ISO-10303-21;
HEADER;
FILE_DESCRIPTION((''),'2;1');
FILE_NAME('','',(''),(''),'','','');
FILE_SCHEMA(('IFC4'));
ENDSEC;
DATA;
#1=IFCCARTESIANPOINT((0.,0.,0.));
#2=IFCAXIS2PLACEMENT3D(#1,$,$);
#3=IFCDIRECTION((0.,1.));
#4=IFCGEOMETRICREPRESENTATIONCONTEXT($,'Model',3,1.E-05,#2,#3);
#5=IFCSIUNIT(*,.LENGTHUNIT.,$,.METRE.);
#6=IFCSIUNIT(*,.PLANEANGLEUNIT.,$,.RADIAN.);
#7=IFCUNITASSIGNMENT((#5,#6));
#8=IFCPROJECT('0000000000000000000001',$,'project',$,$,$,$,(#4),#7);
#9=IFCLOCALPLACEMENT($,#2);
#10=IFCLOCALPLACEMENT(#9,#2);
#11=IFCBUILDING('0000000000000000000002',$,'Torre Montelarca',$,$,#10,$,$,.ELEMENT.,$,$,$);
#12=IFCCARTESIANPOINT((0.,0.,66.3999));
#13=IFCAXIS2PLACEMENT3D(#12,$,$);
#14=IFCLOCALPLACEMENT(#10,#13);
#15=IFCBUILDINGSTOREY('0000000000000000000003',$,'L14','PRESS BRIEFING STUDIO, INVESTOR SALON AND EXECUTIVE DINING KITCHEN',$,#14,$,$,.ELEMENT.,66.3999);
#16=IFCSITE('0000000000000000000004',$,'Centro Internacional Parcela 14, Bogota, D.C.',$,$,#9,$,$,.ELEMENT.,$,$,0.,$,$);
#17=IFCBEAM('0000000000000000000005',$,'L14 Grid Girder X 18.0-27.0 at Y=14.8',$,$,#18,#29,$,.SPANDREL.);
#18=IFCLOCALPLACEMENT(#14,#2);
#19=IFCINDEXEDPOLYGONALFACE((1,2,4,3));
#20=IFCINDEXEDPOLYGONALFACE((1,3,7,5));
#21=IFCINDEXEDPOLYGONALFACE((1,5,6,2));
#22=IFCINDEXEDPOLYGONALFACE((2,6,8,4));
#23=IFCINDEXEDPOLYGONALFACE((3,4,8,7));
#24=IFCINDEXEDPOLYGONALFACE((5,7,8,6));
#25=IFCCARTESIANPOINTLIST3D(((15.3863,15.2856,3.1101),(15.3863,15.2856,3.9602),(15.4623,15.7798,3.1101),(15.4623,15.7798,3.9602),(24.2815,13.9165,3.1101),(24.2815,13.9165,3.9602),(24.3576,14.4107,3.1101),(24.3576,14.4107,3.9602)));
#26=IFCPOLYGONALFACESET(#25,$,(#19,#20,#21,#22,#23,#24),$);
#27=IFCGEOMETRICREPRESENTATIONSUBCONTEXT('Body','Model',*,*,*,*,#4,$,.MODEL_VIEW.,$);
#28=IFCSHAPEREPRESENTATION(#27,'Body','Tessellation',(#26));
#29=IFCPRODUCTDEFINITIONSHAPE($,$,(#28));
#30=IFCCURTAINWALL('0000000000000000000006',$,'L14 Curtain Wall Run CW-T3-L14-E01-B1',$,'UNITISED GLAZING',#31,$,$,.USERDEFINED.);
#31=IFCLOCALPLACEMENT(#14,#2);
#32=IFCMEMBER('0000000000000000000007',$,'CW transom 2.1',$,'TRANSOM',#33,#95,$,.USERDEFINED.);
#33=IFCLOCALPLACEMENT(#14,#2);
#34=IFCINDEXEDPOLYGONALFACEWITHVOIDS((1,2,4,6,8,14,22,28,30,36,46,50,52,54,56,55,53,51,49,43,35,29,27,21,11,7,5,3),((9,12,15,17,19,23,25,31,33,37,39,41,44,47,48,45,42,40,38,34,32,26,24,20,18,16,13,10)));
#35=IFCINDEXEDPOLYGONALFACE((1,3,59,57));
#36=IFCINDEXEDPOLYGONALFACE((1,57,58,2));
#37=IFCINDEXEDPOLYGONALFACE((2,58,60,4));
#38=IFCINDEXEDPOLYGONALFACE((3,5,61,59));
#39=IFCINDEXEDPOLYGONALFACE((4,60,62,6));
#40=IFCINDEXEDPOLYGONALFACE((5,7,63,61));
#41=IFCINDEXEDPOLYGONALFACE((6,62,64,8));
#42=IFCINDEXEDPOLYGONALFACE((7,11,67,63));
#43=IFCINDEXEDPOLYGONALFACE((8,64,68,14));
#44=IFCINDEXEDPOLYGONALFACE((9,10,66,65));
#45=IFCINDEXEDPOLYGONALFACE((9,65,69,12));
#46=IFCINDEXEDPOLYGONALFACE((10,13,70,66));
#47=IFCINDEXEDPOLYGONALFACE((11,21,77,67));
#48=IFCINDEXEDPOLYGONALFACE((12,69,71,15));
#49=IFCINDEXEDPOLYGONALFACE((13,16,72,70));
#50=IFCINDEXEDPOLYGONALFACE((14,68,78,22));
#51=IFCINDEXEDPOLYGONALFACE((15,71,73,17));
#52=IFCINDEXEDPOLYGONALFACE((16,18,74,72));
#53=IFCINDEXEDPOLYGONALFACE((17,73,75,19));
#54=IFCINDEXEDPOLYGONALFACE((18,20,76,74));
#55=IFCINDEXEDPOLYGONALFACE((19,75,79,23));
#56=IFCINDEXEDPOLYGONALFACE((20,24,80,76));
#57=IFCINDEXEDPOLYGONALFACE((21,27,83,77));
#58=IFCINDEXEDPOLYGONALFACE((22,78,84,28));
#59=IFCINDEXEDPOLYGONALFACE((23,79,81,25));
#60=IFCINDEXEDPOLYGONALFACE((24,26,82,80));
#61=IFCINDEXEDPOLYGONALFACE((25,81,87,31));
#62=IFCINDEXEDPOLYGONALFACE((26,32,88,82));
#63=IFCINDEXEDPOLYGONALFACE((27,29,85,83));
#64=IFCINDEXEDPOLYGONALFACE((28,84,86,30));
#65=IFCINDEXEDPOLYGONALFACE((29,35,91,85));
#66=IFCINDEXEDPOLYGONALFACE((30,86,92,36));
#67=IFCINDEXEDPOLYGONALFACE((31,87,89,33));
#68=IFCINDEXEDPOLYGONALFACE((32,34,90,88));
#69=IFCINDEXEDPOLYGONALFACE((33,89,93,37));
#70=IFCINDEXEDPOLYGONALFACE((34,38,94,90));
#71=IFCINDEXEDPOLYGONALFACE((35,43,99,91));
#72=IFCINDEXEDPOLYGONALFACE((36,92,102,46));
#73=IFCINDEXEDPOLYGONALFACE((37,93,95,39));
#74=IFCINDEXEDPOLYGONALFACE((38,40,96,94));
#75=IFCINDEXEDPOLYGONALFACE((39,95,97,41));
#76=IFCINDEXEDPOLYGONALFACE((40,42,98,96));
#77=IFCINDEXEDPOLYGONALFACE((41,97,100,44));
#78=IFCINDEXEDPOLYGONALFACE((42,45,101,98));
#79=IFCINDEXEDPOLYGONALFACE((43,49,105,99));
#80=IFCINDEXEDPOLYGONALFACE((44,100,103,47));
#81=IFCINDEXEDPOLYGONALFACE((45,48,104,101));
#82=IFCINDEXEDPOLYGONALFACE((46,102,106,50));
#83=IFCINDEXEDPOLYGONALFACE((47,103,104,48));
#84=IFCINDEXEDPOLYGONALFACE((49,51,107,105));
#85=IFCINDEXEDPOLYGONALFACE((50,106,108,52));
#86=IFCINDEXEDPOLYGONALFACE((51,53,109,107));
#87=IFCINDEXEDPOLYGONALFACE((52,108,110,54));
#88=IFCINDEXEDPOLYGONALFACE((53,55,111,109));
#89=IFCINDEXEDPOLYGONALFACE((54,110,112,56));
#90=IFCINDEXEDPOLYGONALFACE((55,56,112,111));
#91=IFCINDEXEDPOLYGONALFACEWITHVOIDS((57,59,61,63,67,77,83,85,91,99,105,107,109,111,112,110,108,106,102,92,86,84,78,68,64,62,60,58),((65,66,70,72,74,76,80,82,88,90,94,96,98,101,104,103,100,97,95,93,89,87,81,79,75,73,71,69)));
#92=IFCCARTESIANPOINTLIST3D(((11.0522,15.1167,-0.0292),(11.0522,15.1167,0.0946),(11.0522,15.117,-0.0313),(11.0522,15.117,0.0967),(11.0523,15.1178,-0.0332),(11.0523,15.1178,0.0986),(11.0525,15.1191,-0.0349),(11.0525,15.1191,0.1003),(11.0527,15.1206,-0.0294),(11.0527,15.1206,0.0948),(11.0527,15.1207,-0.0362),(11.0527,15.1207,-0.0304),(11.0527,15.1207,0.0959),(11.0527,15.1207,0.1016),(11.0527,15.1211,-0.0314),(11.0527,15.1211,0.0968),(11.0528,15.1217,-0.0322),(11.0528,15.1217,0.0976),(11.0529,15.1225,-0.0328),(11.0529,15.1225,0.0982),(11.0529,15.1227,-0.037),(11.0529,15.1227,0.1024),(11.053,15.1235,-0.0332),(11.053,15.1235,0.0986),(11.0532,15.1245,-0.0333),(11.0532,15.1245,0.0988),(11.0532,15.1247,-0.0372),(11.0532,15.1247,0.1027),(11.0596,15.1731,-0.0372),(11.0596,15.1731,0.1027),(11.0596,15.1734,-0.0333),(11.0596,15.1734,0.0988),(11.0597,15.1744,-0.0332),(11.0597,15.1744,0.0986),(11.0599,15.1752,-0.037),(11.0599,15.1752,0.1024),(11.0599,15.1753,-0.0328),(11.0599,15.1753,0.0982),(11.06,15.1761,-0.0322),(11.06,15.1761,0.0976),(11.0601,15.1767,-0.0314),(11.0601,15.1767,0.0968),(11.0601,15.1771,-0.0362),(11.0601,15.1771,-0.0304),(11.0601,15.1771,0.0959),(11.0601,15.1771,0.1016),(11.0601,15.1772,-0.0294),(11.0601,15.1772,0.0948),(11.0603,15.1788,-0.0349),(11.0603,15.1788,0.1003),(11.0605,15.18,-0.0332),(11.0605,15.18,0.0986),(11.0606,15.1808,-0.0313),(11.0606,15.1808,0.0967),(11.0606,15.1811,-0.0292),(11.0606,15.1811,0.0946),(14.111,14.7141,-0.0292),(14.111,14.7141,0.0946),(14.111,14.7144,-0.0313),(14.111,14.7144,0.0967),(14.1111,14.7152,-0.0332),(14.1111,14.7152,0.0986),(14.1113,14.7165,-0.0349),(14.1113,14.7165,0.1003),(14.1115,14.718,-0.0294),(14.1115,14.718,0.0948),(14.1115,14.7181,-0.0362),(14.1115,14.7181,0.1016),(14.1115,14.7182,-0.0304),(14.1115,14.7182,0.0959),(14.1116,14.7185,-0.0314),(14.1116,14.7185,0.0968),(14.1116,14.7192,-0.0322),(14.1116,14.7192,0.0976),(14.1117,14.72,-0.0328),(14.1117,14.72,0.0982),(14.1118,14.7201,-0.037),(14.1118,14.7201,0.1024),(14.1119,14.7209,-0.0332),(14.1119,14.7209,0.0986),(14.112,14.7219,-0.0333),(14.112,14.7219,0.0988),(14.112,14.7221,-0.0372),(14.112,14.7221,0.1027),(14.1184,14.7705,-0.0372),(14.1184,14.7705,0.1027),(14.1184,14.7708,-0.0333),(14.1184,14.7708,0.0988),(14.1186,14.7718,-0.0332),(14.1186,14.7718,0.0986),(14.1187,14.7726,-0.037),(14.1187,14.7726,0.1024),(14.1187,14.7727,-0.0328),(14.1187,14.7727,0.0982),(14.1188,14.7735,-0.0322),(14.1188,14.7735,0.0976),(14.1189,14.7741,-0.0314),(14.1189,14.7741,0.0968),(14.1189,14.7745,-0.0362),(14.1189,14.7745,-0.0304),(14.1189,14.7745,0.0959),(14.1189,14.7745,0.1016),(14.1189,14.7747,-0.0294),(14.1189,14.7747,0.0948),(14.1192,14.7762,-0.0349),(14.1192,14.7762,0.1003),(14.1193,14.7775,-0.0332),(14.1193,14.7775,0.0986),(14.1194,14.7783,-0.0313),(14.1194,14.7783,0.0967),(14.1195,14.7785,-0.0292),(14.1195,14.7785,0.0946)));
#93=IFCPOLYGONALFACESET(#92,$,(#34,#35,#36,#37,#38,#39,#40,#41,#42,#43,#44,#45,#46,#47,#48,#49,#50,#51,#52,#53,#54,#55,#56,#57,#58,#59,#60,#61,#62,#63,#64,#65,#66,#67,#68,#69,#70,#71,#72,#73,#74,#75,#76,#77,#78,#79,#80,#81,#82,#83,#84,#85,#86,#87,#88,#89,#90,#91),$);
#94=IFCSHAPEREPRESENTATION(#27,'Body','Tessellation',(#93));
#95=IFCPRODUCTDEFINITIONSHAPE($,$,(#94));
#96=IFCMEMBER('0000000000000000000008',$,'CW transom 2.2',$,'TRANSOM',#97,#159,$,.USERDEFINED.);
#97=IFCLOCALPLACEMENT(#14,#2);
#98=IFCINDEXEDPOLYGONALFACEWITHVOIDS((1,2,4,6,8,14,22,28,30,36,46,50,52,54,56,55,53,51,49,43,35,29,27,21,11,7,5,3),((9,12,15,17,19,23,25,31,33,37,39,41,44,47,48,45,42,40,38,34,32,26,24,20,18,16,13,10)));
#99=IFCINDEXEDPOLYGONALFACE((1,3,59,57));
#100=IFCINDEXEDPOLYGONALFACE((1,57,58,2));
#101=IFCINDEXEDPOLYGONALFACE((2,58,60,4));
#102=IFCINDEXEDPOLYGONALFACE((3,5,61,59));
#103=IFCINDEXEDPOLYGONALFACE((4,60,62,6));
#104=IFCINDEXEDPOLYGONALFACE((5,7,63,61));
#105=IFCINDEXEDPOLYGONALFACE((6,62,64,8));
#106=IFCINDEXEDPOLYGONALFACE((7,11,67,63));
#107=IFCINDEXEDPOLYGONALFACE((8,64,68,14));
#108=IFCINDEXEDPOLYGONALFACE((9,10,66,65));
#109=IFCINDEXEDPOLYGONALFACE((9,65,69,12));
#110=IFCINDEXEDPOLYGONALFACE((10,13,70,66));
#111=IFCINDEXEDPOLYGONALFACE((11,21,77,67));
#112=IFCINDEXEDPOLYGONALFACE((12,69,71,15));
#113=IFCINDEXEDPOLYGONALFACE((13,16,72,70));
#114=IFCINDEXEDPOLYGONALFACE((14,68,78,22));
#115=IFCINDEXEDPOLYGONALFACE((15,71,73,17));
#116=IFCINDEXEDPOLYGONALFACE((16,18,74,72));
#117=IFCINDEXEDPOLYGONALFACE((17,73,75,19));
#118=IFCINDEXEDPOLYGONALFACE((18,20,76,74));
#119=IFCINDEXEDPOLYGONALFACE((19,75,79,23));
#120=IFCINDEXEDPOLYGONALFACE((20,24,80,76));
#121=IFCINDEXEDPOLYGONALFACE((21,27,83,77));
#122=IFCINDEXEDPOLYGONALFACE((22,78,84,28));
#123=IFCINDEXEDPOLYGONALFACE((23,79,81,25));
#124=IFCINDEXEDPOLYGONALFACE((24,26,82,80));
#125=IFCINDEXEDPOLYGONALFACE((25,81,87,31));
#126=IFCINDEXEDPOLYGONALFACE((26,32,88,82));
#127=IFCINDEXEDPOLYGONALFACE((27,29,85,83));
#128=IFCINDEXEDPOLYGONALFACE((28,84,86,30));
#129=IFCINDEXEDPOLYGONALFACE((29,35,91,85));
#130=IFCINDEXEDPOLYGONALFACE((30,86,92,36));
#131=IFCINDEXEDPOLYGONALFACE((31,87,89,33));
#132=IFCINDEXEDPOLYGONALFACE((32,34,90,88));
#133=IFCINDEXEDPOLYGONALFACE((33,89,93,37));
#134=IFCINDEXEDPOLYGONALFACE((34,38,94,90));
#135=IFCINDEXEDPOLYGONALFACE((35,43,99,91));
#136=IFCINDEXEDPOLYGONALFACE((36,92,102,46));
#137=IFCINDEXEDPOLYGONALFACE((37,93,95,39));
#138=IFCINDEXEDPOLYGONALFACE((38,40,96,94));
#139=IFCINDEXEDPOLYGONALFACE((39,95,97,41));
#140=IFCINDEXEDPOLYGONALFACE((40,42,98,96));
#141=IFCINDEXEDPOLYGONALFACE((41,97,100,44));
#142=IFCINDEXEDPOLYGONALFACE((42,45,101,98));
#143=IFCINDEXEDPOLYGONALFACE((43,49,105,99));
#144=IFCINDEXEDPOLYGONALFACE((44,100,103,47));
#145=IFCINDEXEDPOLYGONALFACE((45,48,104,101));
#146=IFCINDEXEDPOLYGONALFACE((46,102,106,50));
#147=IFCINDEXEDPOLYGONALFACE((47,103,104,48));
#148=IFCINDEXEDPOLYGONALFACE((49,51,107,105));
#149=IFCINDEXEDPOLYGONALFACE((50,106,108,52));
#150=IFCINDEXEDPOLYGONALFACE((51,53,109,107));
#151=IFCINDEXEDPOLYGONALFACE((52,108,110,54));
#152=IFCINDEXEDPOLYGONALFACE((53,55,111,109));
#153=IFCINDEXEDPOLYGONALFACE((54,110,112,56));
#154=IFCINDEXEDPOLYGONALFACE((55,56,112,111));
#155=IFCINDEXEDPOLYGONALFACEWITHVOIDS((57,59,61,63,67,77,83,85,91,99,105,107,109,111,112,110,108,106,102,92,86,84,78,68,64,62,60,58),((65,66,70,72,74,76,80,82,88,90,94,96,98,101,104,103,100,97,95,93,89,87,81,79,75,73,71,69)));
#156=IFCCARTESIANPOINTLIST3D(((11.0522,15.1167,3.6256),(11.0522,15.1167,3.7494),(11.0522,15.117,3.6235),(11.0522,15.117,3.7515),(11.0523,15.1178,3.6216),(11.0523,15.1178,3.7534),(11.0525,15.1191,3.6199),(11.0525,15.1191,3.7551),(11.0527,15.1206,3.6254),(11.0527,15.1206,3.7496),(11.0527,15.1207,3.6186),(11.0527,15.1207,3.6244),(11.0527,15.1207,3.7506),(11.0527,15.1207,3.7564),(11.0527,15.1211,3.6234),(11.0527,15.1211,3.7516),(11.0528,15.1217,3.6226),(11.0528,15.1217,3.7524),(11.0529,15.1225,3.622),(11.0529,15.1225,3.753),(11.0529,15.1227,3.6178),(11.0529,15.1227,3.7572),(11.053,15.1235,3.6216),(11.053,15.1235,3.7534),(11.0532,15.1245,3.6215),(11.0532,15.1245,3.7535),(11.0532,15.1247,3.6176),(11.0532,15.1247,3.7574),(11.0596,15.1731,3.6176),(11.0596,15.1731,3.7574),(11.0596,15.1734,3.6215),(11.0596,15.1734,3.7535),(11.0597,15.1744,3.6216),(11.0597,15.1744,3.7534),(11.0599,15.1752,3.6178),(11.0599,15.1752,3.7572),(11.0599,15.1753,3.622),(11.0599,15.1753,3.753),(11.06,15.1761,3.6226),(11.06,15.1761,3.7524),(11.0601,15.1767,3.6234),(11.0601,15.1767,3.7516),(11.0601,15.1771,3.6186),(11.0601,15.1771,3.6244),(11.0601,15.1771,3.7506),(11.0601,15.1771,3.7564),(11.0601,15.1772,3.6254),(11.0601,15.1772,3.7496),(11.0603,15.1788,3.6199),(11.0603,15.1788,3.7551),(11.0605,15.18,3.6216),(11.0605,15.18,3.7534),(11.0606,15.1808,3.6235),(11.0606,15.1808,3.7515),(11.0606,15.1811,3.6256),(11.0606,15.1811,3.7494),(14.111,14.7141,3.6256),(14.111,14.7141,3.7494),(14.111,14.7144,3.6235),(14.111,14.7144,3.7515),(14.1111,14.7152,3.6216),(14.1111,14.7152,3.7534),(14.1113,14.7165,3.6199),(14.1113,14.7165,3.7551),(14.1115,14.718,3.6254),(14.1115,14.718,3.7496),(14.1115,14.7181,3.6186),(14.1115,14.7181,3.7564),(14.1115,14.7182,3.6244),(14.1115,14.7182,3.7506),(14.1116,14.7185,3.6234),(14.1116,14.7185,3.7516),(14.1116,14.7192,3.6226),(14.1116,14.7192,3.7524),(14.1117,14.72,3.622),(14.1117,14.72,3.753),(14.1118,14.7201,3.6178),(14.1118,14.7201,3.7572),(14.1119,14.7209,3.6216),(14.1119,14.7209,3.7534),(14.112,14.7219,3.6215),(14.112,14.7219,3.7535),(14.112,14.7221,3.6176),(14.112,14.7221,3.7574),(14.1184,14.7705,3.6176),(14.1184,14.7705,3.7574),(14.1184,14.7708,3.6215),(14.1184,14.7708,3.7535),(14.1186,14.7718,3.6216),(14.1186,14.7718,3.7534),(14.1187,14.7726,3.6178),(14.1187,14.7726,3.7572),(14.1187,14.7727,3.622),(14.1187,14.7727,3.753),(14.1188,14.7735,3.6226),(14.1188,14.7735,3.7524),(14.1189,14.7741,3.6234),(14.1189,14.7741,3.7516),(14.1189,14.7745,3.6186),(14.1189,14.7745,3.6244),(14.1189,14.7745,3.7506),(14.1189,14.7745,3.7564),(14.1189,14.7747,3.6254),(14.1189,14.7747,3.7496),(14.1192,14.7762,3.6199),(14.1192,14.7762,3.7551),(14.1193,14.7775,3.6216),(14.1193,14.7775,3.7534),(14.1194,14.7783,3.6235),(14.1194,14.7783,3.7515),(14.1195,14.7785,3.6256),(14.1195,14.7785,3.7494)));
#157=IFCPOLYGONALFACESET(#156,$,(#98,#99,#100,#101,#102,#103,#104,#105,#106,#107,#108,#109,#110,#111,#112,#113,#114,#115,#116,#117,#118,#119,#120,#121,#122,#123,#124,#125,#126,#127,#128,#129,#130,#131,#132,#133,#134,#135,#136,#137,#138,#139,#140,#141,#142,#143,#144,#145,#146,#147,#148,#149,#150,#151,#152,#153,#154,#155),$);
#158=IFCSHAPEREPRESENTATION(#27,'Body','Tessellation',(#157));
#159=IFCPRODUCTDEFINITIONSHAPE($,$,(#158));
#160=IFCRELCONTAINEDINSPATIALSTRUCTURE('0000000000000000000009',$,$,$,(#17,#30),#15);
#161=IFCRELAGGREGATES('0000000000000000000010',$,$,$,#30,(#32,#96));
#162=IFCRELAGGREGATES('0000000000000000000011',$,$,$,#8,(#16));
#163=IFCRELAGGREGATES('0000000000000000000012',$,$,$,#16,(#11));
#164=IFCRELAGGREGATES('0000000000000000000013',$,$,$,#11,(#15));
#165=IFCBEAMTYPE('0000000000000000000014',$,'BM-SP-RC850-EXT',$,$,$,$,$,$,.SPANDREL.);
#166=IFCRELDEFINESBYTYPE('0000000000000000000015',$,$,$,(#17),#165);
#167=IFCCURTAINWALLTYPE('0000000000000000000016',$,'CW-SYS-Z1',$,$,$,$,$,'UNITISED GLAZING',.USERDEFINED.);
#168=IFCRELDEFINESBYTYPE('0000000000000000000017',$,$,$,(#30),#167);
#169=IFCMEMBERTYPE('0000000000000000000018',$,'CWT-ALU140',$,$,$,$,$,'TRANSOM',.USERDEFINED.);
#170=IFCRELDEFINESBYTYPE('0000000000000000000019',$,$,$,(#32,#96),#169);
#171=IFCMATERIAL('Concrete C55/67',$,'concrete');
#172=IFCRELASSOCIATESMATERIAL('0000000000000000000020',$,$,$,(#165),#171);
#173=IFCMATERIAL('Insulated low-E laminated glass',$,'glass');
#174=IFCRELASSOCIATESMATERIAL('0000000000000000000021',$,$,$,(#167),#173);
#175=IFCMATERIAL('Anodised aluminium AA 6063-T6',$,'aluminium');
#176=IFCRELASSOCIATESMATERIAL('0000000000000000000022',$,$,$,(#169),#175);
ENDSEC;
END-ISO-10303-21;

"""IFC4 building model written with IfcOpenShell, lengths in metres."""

from ifc_helpers import new_model, si_unit, direction, frame, origin, origin_2d, place, context, subcontext, project, spatial, rectangle, hollow_rectangle, extrude, source, transform, mapped, material, material_profile, profile_set, type_object, element, aggregate, save


model = new_model("IFC4")

# Units and contexts
model_context = context("Model", 3, precision=1e-05, world=origin(), true_north=direction((0.0, 1.0)))
body_context = subcontext(model_context, "Body", "Model", "MODEL_VIEW")
ifc_project = project(units=[si_unit("LENGTHUNIT", "METRE"), si_unit("PLANEANGLEUNIT", "RADIAN")], contexts=[model_context])

# Site, building, storey
site_placement = place(None, origin())
site = spatial("IfcSite", under=ifc_project, at=site_placement, Name="Centro Internacional Parcela 14, Bogota, D.C.", CompositionType="ELEMENT", RefElevation=0.0)
building_placement = place(site_placement, origin())
building = spatial("IfcBuilding", under=site, at=building_placement, Name="Torre Montelarca", CompositionType="ELEMENT")
storey_placement = place(building_placement, frame((0.0, 0.0, 66.3999)))
storey = spatial("IfcBuildingStorey", under=building, at=storey_placement, Name="L14", Description="PRESS BRIEFING STUDIO, INVESTOR SALON AND EXECUTIVE DINING KITCHEN", CompositionType="ELEMENT", Elevation=66.3999)

# Beam
ifc_material_1 = material(Name="Concrete C55/67", Category="concrete")
ifc_material_profile_1 = material_profile(ifc_material_1, rectangle(XDim=0.5, YDim=0.8501, at=origin_2d()), Name="RCB500X850", Category="concrete")
ifc_profile_set_1 = profile_set([ifc_material_profile_1], Name="Concrete C55/67")
beam_type = type_object("IfcBeamType", Name="BM-SP-RC850-EXT", PredefinedType="SPANDREL", material=ifc_profile_set_1)
shared_shape_1 = source(origin(), body_context, "Body", "SweptSolid", [
    extrude(rectangle(XDim=0.5, YDim=0.8501, at=origin_2d()), origin(), (0.0, 0.0, 1.0), 9.0),
])
beam_placement = place(storey_placement, frame((15.4243, 15.5327, 3.5352), z_axis=(0.988361, -0.152126, 0.0), x_axis=(0.152126, 0.988361, 0.0)))
element("IfcBeam", 1, at=beam_placement, inside=storey, type_object=beam_type, Name="L14 Grid Girder X 18.0-27.0 at Y=14.8", PredefinedType="SPANDREL", context=body_context, shape_type="MappedRepresentation", body=[
    mapped(shared_shape_1, transform((0.0, 0.0, 0.0), scale=1.0)),
])

# Curtain wall, members
ifc_material_2 = material(Name="Insulated low-E laminated glass", Category="glass")
curtain_wall_type = type_object("IfcCurtainWallType", Name="CW-SYS-Z1", ElementType="UNITISED GLAZING", PredefinedType="USERDEFINED", material=ifc_material_2)
curtain_wall_1_placement = place(storey_placement, origin())
curtain_wall_1 = element("IfcCurtainWall", 2, at=curtain_wall_1_placement, inside=storey, type_object=curtain_wall_type, Name="L14 Curtain Wall Run CW-T3-L14-E01-B1", ObjectType="UNITISED GLAZING", PredefinedType="USERDEFINED")
ifc_material_3 = material(Name="Anodised aluminium AA 6063-T6", Category="aluminium")
ifc_material_profile_2 = material_profile(ifc_material_3, hollow_rectangle(XDim=0.0649, YDim=0.1399, WallThickness=0.0039, InnerFilletRadius=0.0039, OuterFilletRadius=0.0081, at=origin_2d()), Name="ALU65X140X4", Category="aluminium")
ifc_profile_set_2 = profile_set([ifc_material_profile_2], Name="Anodised aluminium AA 6063-T6")
member_type_1 = type_object("IfcMemberType", Name="CWT-ALU140", ElementType="TRANSOM", PredefinedType="USERDEFINED", material=ifc_profile_set_2)
shared_shape_2 = source(origin(), body_context, "Body", "SweptSolid", [
    extrude(hollow_rectangle(XDim=0.0649, YDim=0.1399, WallThickness=0.0039, InnerFilletRadius=0.0039, OuterFilletRadius=0.0081, at=origin_2d()), origin(), (0.0, 0.0, 1.0), 3.0852),
])
member_1_placement = place(storey_placement, frame((11.0564, 15.1489, 0.0327), z_axis=(0.99145, -0.130489, 0.0), x_axis=(0.130489, 0.99145, 0.0)))
member_1 = element("IfcMember", 3, at=member_1_placement, type_object=member_type_1, Name="CW transom 2.1", ObjectType="TRANSOM", PredefinedType="USERDEFINED", context=body_context, shape_type="MappedRepresentation", body=[
    mapped(shared_shape_2, transform((0.0, 0.0, 0.0), scale=1.0)),
])
member_2_placement = place(storey_placement, frame((11.0564, 15.1489, 3.6875), z_axis=(0.99145, -0.130489, 0.0), x_axis=(0.130489, 0.99145, 0.0)))
member_2 = element("IfcMember", 4, at=member_2_placement, type_object=member_type_1, Name="CW transom 2.2", ObjectType="TRANSOM", PredefinedType="USERDEFINED", context=body_context, shape_type="MappedRepresentation", body=[
    mapped(shared_shape_2, transform((0.0, 0.0, 0.0), scale=1.0)),
])

aggregate(curtain_wall_1, [member_1, member_2])

save(model, "model.ifc")
